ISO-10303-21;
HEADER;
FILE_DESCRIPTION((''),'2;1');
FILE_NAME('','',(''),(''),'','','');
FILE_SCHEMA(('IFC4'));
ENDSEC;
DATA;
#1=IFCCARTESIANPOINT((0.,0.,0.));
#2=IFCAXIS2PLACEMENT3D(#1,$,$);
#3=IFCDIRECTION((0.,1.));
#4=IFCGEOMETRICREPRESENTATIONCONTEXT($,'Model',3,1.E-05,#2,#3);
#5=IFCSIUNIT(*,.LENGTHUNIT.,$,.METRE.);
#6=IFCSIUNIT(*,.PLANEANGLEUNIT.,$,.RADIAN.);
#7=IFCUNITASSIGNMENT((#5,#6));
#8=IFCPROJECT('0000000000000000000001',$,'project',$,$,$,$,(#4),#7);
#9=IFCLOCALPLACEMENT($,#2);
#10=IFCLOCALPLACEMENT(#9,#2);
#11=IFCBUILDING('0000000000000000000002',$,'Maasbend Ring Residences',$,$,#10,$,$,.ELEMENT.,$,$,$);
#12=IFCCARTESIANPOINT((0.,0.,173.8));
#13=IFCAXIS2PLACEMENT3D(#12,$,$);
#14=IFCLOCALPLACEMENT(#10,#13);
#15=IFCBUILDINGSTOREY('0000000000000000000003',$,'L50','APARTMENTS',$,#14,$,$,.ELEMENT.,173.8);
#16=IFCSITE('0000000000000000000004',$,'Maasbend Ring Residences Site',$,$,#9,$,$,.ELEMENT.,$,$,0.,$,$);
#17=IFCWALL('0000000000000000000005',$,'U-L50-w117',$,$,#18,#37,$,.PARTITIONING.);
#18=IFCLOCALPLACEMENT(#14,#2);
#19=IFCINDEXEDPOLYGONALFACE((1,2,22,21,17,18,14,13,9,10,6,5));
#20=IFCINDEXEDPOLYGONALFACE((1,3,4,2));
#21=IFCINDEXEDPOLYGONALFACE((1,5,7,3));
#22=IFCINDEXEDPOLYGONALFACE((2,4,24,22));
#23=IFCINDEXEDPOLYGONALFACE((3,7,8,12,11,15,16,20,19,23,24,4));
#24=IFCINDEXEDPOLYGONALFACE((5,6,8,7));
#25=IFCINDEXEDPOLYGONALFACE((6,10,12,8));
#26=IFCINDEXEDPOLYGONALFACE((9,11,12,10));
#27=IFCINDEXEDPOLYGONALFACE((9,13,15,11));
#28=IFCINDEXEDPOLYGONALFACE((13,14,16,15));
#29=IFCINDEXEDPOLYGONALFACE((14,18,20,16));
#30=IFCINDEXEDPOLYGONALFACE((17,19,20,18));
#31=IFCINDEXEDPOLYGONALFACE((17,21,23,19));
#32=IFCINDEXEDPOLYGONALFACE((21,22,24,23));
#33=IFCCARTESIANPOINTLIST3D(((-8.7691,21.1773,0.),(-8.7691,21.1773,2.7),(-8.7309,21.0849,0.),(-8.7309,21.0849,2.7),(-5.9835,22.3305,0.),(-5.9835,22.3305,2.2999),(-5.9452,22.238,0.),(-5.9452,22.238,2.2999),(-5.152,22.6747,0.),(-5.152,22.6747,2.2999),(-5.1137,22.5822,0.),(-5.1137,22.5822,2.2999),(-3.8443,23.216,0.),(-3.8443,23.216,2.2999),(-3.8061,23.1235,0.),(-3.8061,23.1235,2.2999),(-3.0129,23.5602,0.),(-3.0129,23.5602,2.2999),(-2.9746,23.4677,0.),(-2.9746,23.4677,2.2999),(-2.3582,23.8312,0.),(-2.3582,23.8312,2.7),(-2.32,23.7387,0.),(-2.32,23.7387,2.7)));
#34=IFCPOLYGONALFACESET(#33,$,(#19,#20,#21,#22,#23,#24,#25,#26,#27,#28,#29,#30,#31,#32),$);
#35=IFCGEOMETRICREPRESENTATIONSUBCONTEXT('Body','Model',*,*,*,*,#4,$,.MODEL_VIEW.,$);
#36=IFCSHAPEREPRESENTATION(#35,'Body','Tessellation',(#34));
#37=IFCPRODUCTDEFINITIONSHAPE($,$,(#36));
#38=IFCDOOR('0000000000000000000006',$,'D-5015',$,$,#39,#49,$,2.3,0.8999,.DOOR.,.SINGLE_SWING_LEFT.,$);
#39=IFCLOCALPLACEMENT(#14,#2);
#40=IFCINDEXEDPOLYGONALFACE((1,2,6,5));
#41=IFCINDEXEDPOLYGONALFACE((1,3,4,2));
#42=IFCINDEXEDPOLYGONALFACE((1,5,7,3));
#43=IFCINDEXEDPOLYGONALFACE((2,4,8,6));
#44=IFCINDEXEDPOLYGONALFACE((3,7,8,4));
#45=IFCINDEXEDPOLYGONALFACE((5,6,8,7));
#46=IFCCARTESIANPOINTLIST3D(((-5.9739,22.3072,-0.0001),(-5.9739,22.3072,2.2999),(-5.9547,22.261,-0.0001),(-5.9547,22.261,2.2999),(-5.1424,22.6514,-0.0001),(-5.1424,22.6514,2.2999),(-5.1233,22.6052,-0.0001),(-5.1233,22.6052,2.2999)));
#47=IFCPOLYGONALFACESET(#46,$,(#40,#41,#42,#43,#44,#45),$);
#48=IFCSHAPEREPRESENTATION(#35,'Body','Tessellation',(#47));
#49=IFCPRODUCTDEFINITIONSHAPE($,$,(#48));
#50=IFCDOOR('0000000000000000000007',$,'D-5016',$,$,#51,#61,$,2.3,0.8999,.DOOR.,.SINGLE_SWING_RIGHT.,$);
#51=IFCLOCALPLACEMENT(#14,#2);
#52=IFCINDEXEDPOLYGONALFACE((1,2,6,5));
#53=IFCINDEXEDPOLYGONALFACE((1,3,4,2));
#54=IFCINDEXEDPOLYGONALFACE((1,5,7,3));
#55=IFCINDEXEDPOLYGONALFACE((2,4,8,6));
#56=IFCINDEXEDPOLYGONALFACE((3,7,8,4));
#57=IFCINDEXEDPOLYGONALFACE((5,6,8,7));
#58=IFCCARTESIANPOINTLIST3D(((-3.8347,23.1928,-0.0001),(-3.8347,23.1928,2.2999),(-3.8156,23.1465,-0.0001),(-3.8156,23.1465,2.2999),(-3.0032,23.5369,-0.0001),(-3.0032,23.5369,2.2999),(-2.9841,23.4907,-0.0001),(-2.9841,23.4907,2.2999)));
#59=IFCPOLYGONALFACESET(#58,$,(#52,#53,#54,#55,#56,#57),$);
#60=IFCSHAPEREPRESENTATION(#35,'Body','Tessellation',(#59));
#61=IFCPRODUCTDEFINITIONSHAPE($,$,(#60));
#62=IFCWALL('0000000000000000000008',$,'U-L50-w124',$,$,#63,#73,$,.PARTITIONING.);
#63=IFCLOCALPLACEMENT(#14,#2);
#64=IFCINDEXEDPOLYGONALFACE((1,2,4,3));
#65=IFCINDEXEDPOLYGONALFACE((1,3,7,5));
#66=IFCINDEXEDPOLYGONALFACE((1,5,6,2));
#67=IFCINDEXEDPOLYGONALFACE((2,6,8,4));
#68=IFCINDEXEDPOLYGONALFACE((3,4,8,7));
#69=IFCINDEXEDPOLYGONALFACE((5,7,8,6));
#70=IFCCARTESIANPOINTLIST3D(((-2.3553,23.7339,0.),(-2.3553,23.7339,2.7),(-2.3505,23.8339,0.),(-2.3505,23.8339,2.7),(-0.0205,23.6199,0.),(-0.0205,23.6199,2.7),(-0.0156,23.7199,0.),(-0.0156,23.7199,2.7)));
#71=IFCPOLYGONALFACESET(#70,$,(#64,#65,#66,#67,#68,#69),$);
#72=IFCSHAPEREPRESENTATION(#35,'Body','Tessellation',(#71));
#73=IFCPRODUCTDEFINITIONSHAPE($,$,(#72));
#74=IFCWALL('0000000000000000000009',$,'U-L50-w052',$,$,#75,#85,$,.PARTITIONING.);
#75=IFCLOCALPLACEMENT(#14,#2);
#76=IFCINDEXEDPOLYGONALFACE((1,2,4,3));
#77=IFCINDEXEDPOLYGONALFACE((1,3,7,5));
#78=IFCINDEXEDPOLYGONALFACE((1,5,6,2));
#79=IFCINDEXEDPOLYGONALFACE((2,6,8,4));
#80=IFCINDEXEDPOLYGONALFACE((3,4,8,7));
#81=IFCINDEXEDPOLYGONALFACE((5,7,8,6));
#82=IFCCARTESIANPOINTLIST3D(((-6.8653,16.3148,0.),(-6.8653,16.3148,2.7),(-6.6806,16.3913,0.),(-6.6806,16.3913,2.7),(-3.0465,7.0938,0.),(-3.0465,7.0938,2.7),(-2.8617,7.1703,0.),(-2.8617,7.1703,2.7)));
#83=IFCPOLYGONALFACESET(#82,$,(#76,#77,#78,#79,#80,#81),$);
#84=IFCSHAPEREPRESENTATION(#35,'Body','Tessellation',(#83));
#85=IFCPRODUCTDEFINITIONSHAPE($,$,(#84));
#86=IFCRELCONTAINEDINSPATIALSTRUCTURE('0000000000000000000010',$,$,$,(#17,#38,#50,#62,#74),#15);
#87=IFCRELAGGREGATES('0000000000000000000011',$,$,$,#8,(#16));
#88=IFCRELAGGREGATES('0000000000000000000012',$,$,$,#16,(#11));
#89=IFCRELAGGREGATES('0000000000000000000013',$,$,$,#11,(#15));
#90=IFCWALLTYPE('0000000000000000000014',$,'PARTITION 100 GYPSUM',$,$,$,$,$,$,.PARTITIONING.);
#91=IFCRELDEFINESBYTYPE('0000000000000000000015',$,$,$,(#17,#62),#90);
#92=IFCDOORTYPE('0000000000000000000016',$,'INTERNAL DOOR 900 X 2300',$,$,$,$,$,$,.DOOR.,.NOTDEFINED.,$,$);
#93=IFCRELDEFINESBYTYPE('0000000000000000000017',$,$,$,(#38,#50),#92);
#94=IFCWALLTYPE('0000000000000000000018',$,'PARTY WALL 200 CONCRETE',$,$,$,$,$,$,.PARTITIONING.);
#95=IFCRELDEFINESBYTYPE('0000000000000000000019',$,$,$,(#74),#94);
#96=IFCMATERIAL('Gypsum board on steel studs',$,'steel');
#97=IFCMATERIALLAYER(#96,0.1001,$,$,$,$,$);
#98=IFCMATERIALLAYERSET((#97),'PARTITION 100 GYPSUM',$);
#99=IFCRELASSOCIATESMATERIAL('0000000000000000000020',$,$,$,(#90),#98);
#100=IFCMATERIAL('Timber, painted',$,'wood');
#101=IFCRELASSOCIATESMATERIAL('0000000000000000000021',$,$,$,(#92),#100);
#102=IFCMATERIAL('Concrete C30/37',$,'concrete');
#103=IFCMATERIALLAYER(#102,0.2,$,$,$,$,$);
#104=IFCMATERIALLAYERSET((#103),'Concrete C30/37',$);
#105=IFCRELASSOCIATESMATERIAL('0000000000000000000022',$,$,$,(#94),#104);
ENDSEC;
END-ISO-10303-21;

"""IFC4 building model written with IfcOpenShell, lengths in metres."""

from ifc_helpers import new_model, si_unit, direction, frame, frame_2d, origin, place, context, subcontext, project, spatial, rectangle, extrude, material, layer, layer_set, type_object, element, fill, save


model = new_model("IFC4")

# Units and contexts
model_context = context("Model", 3, precision=1e-05, world=origin(), true_north=direction((0.0, 1.0)))
body_context = subcontext(model_context, "Body", "Model", "MODEL_VIEW")
ifc_project = project(units=[si_unit("LENGTHUNIT", "METRE"), si_unit("PLANEANGLEUNIT", "RADIAN")], contexts=[model_context])

# Site, building, storey
site_placement = place(None, origin())
site = spatial("IfcSite", under=ifc_project, at=site_placement, Name="Maasbend Ring Residences Site", CompositionType="ELEMENT", RefElevation=0.0)
building_placement = place(site_placement, origin())
building = spatial("IfcBuilding", under=site, at=building_placement, Name="Maasbend Ring Residences", CompositionType="ELEMENT")
storey_placement = place(building_placement, frame((0.0, 0.0, 173.8)))
storey = spatial("IfcBuildingStorey", under=building, at=storey_placement, Name="L50", Description="APARTMENTS", CompositionType="ELEMENT", Elevation=173.8)

# Shared definitions
ifc_material_1 = material(Name="Gypsum board on steel studs", Category="steel")
ifc_layer_1 = layer(ifc_material_1, 0.1001)
ifc_layer_set_1 = layer_set([ifc_layer_1], Name="PARTITION 100 GYPSUM")
wall_type_1 = type_object("IfcWallType", Name="PARTITION 100 GYPSUM", PredefinedType="PARTITIONING", material=ifc_layer_set_1)
ifc_material_2 = material(Name="Timber, painted", Category="wood")
door_type_1 = type_object("IfcDoorType", Name="INTERNAL DOOR 900 X 2300", OperationType="NOTDEFINED", PredefinedType="DOOR", material=ifc_material_2)

# Wall, openings, doors
wall_1_placement = place(storey_placement, frame((-8.75, 21.1311, 0.0), z_axis=(0.0, 0.0, 1.0), x_axis=(0.923965, 0.382478, 0.0)))
wall_1 = element("IfcWall", 1, at=wall_1_placement, inside=storey, type_object=wall_type_1, Name="U-L50-w117", PredefinedType="PARTITIONING", context=body_context, shape_type="SweptSolid", body=[
    extrude(rectangle(XDim=6.9385, YDim=0.1001, at=frame_2d((3.4692, 0.0))), origin(), (0.0, 0.0, 1.0), 2.7),
])
opening_1_placement = place(wall_1_placement, frame((3.0149, 0.0, 0.0)))
opening_1 = element("IfcOpeningElement", 2, at=opening_1_placement, cuts=wall_1, PredefinedType="OPENING", context=body_context, shape_type="SweptSolid", body=[
    extrude(rectangle(XDim=0.8999, YDim=2.3, at=frame_2d((0.45, 1.1499))), frame((0.0, 0.0601, 0.0), z_axis=(0.0, -1.0, 0.0), x_axis=(1.0, 0.0, 0.0)), (0.0, 0.0, 1.0), 0.1201),
])
opening_2_placement = place(wall_1_placement, frame((5.3301, 0.0, 0.0)))
opening_2 = element("IfcOpeningElement", 3, at=opening_2_placement, cuts=wall_1, PredefinedType="OPENING", context=body_context, shape_type="SweptSolid", body=[
    extrude(rectangle(XDim=0.8999, YDim=2.3, at=frame_2d((0.45, 1.1499))), frame((0.0, 0.0601, 0.0), z_axis=(0.0, -1.0, 0.0), x_axis=(1.0, 0.0, 0.0)), (0.0, 0.0, 1.0), 0.1201),
])
door_1_placement = place(opening_1_placement, origin())
door_1 = element("IfcDoor", 4, at=door_1_placement, inside=storey, type_object=door_type_1, Name="D-5015", OperationType="SINGLE_SWING_LEFT", OverallHeight=2.3, OverallWidth=0.8999, PredefinedType="DOOR", context=body_context, shape_type="SweptSolid", body=[
    extrude(rectangle(XDim=0.8999, YDim=2.3, at=frame_2d((0.45, 1.1499))), frame((0.0, 0.0249, 0.0), z_axis=(0.0, -1.0, 0.0), x_axis=(1.0, 0.0, 0.0)), (0.0, 0.0, 1.0), 0.05),
])
fill(opening_1, door_1)
door_2_placement = place(opening_2_placement, origin())
door_2 = element("IfcDoor", 5, at=door_2_placement, inside=storey, type_object=door_type_1, Name="D-5016", OperationType="SINGLE_SWING_RIGHT", OverallHeight=2.3, OverallWidth=0.8999, PredefinedType="DOOR", context=body_context, shape_type="SweptSolid", body=[
    extrude(rectangle(XDim=0.8999, YDim=2.3, at=frame_2d((0.45, 1.1499))), frame((0.0, 0.0249, 0.0), z_axis=(0.0, -1.0, 0.0), x_axis=(1.0, 0.0, 0.0)), (0.0, 0.0, 1.0), 0.05),
])
fill(opening_2, door_2)

# Walls
wall_2_placement = place(storey_placement, frame((-2.353, 23.7839, 0.0), z_axis=(0.0, 0.0, 1.0), x_axis=(0.99881, -0.048771, 0.0)))
element("IfcWall", 6, at=wall_2_placement, inside=storey, type_object=wall_type_1, Name="U-L50-w124", PredefinedType="PARTITIONING", context=body_context, shape_type="SweptSolid", body=[
    extrude(rectangle(XDim=2.3376, YDim=0.1001, at=frame_2d((1.1689, 0.0))), origin(), (0.0, 0.0, 1.0), 2.7),
])
ifc_material_3 = material(Name="Concrete C30/37", Category="concrete")
ifc_layer_2 = layer(ifc_material_3, 0.2)
ifc_layer_set_2 = layer_set([ifc_layer_2], Name="Concrete C30/37")
wall_type_2 = type_object("IfcWallType", Name="PARTY WALL 200 CONCRETE", PredefinedType="PARTITIONING", material=ifc_layer_set_2)
wall_3_placement = place(storey_placement, frame((-6.7729, 16.353, 0.0), z_axis=(0.0, 0.0, 1.0), x_axis=(0.382633, -0.923901, 0.0)))
element("IfcWall", 7, at=wall_3_placement, inside=storey, type_object=wall_type_2, Name="U-L50-w052", PredefinedType="PARTITIONING", context=body_context, shape_type="SweptSolid", body=[
    extrude(rectangle(XDim=9.9805, YDim=0.2, at=frame_2d((4.9902, 0.0))), origin(), (0.0, 0.0, 1.0), 2.7),
])

save(model, "model.ifc")
